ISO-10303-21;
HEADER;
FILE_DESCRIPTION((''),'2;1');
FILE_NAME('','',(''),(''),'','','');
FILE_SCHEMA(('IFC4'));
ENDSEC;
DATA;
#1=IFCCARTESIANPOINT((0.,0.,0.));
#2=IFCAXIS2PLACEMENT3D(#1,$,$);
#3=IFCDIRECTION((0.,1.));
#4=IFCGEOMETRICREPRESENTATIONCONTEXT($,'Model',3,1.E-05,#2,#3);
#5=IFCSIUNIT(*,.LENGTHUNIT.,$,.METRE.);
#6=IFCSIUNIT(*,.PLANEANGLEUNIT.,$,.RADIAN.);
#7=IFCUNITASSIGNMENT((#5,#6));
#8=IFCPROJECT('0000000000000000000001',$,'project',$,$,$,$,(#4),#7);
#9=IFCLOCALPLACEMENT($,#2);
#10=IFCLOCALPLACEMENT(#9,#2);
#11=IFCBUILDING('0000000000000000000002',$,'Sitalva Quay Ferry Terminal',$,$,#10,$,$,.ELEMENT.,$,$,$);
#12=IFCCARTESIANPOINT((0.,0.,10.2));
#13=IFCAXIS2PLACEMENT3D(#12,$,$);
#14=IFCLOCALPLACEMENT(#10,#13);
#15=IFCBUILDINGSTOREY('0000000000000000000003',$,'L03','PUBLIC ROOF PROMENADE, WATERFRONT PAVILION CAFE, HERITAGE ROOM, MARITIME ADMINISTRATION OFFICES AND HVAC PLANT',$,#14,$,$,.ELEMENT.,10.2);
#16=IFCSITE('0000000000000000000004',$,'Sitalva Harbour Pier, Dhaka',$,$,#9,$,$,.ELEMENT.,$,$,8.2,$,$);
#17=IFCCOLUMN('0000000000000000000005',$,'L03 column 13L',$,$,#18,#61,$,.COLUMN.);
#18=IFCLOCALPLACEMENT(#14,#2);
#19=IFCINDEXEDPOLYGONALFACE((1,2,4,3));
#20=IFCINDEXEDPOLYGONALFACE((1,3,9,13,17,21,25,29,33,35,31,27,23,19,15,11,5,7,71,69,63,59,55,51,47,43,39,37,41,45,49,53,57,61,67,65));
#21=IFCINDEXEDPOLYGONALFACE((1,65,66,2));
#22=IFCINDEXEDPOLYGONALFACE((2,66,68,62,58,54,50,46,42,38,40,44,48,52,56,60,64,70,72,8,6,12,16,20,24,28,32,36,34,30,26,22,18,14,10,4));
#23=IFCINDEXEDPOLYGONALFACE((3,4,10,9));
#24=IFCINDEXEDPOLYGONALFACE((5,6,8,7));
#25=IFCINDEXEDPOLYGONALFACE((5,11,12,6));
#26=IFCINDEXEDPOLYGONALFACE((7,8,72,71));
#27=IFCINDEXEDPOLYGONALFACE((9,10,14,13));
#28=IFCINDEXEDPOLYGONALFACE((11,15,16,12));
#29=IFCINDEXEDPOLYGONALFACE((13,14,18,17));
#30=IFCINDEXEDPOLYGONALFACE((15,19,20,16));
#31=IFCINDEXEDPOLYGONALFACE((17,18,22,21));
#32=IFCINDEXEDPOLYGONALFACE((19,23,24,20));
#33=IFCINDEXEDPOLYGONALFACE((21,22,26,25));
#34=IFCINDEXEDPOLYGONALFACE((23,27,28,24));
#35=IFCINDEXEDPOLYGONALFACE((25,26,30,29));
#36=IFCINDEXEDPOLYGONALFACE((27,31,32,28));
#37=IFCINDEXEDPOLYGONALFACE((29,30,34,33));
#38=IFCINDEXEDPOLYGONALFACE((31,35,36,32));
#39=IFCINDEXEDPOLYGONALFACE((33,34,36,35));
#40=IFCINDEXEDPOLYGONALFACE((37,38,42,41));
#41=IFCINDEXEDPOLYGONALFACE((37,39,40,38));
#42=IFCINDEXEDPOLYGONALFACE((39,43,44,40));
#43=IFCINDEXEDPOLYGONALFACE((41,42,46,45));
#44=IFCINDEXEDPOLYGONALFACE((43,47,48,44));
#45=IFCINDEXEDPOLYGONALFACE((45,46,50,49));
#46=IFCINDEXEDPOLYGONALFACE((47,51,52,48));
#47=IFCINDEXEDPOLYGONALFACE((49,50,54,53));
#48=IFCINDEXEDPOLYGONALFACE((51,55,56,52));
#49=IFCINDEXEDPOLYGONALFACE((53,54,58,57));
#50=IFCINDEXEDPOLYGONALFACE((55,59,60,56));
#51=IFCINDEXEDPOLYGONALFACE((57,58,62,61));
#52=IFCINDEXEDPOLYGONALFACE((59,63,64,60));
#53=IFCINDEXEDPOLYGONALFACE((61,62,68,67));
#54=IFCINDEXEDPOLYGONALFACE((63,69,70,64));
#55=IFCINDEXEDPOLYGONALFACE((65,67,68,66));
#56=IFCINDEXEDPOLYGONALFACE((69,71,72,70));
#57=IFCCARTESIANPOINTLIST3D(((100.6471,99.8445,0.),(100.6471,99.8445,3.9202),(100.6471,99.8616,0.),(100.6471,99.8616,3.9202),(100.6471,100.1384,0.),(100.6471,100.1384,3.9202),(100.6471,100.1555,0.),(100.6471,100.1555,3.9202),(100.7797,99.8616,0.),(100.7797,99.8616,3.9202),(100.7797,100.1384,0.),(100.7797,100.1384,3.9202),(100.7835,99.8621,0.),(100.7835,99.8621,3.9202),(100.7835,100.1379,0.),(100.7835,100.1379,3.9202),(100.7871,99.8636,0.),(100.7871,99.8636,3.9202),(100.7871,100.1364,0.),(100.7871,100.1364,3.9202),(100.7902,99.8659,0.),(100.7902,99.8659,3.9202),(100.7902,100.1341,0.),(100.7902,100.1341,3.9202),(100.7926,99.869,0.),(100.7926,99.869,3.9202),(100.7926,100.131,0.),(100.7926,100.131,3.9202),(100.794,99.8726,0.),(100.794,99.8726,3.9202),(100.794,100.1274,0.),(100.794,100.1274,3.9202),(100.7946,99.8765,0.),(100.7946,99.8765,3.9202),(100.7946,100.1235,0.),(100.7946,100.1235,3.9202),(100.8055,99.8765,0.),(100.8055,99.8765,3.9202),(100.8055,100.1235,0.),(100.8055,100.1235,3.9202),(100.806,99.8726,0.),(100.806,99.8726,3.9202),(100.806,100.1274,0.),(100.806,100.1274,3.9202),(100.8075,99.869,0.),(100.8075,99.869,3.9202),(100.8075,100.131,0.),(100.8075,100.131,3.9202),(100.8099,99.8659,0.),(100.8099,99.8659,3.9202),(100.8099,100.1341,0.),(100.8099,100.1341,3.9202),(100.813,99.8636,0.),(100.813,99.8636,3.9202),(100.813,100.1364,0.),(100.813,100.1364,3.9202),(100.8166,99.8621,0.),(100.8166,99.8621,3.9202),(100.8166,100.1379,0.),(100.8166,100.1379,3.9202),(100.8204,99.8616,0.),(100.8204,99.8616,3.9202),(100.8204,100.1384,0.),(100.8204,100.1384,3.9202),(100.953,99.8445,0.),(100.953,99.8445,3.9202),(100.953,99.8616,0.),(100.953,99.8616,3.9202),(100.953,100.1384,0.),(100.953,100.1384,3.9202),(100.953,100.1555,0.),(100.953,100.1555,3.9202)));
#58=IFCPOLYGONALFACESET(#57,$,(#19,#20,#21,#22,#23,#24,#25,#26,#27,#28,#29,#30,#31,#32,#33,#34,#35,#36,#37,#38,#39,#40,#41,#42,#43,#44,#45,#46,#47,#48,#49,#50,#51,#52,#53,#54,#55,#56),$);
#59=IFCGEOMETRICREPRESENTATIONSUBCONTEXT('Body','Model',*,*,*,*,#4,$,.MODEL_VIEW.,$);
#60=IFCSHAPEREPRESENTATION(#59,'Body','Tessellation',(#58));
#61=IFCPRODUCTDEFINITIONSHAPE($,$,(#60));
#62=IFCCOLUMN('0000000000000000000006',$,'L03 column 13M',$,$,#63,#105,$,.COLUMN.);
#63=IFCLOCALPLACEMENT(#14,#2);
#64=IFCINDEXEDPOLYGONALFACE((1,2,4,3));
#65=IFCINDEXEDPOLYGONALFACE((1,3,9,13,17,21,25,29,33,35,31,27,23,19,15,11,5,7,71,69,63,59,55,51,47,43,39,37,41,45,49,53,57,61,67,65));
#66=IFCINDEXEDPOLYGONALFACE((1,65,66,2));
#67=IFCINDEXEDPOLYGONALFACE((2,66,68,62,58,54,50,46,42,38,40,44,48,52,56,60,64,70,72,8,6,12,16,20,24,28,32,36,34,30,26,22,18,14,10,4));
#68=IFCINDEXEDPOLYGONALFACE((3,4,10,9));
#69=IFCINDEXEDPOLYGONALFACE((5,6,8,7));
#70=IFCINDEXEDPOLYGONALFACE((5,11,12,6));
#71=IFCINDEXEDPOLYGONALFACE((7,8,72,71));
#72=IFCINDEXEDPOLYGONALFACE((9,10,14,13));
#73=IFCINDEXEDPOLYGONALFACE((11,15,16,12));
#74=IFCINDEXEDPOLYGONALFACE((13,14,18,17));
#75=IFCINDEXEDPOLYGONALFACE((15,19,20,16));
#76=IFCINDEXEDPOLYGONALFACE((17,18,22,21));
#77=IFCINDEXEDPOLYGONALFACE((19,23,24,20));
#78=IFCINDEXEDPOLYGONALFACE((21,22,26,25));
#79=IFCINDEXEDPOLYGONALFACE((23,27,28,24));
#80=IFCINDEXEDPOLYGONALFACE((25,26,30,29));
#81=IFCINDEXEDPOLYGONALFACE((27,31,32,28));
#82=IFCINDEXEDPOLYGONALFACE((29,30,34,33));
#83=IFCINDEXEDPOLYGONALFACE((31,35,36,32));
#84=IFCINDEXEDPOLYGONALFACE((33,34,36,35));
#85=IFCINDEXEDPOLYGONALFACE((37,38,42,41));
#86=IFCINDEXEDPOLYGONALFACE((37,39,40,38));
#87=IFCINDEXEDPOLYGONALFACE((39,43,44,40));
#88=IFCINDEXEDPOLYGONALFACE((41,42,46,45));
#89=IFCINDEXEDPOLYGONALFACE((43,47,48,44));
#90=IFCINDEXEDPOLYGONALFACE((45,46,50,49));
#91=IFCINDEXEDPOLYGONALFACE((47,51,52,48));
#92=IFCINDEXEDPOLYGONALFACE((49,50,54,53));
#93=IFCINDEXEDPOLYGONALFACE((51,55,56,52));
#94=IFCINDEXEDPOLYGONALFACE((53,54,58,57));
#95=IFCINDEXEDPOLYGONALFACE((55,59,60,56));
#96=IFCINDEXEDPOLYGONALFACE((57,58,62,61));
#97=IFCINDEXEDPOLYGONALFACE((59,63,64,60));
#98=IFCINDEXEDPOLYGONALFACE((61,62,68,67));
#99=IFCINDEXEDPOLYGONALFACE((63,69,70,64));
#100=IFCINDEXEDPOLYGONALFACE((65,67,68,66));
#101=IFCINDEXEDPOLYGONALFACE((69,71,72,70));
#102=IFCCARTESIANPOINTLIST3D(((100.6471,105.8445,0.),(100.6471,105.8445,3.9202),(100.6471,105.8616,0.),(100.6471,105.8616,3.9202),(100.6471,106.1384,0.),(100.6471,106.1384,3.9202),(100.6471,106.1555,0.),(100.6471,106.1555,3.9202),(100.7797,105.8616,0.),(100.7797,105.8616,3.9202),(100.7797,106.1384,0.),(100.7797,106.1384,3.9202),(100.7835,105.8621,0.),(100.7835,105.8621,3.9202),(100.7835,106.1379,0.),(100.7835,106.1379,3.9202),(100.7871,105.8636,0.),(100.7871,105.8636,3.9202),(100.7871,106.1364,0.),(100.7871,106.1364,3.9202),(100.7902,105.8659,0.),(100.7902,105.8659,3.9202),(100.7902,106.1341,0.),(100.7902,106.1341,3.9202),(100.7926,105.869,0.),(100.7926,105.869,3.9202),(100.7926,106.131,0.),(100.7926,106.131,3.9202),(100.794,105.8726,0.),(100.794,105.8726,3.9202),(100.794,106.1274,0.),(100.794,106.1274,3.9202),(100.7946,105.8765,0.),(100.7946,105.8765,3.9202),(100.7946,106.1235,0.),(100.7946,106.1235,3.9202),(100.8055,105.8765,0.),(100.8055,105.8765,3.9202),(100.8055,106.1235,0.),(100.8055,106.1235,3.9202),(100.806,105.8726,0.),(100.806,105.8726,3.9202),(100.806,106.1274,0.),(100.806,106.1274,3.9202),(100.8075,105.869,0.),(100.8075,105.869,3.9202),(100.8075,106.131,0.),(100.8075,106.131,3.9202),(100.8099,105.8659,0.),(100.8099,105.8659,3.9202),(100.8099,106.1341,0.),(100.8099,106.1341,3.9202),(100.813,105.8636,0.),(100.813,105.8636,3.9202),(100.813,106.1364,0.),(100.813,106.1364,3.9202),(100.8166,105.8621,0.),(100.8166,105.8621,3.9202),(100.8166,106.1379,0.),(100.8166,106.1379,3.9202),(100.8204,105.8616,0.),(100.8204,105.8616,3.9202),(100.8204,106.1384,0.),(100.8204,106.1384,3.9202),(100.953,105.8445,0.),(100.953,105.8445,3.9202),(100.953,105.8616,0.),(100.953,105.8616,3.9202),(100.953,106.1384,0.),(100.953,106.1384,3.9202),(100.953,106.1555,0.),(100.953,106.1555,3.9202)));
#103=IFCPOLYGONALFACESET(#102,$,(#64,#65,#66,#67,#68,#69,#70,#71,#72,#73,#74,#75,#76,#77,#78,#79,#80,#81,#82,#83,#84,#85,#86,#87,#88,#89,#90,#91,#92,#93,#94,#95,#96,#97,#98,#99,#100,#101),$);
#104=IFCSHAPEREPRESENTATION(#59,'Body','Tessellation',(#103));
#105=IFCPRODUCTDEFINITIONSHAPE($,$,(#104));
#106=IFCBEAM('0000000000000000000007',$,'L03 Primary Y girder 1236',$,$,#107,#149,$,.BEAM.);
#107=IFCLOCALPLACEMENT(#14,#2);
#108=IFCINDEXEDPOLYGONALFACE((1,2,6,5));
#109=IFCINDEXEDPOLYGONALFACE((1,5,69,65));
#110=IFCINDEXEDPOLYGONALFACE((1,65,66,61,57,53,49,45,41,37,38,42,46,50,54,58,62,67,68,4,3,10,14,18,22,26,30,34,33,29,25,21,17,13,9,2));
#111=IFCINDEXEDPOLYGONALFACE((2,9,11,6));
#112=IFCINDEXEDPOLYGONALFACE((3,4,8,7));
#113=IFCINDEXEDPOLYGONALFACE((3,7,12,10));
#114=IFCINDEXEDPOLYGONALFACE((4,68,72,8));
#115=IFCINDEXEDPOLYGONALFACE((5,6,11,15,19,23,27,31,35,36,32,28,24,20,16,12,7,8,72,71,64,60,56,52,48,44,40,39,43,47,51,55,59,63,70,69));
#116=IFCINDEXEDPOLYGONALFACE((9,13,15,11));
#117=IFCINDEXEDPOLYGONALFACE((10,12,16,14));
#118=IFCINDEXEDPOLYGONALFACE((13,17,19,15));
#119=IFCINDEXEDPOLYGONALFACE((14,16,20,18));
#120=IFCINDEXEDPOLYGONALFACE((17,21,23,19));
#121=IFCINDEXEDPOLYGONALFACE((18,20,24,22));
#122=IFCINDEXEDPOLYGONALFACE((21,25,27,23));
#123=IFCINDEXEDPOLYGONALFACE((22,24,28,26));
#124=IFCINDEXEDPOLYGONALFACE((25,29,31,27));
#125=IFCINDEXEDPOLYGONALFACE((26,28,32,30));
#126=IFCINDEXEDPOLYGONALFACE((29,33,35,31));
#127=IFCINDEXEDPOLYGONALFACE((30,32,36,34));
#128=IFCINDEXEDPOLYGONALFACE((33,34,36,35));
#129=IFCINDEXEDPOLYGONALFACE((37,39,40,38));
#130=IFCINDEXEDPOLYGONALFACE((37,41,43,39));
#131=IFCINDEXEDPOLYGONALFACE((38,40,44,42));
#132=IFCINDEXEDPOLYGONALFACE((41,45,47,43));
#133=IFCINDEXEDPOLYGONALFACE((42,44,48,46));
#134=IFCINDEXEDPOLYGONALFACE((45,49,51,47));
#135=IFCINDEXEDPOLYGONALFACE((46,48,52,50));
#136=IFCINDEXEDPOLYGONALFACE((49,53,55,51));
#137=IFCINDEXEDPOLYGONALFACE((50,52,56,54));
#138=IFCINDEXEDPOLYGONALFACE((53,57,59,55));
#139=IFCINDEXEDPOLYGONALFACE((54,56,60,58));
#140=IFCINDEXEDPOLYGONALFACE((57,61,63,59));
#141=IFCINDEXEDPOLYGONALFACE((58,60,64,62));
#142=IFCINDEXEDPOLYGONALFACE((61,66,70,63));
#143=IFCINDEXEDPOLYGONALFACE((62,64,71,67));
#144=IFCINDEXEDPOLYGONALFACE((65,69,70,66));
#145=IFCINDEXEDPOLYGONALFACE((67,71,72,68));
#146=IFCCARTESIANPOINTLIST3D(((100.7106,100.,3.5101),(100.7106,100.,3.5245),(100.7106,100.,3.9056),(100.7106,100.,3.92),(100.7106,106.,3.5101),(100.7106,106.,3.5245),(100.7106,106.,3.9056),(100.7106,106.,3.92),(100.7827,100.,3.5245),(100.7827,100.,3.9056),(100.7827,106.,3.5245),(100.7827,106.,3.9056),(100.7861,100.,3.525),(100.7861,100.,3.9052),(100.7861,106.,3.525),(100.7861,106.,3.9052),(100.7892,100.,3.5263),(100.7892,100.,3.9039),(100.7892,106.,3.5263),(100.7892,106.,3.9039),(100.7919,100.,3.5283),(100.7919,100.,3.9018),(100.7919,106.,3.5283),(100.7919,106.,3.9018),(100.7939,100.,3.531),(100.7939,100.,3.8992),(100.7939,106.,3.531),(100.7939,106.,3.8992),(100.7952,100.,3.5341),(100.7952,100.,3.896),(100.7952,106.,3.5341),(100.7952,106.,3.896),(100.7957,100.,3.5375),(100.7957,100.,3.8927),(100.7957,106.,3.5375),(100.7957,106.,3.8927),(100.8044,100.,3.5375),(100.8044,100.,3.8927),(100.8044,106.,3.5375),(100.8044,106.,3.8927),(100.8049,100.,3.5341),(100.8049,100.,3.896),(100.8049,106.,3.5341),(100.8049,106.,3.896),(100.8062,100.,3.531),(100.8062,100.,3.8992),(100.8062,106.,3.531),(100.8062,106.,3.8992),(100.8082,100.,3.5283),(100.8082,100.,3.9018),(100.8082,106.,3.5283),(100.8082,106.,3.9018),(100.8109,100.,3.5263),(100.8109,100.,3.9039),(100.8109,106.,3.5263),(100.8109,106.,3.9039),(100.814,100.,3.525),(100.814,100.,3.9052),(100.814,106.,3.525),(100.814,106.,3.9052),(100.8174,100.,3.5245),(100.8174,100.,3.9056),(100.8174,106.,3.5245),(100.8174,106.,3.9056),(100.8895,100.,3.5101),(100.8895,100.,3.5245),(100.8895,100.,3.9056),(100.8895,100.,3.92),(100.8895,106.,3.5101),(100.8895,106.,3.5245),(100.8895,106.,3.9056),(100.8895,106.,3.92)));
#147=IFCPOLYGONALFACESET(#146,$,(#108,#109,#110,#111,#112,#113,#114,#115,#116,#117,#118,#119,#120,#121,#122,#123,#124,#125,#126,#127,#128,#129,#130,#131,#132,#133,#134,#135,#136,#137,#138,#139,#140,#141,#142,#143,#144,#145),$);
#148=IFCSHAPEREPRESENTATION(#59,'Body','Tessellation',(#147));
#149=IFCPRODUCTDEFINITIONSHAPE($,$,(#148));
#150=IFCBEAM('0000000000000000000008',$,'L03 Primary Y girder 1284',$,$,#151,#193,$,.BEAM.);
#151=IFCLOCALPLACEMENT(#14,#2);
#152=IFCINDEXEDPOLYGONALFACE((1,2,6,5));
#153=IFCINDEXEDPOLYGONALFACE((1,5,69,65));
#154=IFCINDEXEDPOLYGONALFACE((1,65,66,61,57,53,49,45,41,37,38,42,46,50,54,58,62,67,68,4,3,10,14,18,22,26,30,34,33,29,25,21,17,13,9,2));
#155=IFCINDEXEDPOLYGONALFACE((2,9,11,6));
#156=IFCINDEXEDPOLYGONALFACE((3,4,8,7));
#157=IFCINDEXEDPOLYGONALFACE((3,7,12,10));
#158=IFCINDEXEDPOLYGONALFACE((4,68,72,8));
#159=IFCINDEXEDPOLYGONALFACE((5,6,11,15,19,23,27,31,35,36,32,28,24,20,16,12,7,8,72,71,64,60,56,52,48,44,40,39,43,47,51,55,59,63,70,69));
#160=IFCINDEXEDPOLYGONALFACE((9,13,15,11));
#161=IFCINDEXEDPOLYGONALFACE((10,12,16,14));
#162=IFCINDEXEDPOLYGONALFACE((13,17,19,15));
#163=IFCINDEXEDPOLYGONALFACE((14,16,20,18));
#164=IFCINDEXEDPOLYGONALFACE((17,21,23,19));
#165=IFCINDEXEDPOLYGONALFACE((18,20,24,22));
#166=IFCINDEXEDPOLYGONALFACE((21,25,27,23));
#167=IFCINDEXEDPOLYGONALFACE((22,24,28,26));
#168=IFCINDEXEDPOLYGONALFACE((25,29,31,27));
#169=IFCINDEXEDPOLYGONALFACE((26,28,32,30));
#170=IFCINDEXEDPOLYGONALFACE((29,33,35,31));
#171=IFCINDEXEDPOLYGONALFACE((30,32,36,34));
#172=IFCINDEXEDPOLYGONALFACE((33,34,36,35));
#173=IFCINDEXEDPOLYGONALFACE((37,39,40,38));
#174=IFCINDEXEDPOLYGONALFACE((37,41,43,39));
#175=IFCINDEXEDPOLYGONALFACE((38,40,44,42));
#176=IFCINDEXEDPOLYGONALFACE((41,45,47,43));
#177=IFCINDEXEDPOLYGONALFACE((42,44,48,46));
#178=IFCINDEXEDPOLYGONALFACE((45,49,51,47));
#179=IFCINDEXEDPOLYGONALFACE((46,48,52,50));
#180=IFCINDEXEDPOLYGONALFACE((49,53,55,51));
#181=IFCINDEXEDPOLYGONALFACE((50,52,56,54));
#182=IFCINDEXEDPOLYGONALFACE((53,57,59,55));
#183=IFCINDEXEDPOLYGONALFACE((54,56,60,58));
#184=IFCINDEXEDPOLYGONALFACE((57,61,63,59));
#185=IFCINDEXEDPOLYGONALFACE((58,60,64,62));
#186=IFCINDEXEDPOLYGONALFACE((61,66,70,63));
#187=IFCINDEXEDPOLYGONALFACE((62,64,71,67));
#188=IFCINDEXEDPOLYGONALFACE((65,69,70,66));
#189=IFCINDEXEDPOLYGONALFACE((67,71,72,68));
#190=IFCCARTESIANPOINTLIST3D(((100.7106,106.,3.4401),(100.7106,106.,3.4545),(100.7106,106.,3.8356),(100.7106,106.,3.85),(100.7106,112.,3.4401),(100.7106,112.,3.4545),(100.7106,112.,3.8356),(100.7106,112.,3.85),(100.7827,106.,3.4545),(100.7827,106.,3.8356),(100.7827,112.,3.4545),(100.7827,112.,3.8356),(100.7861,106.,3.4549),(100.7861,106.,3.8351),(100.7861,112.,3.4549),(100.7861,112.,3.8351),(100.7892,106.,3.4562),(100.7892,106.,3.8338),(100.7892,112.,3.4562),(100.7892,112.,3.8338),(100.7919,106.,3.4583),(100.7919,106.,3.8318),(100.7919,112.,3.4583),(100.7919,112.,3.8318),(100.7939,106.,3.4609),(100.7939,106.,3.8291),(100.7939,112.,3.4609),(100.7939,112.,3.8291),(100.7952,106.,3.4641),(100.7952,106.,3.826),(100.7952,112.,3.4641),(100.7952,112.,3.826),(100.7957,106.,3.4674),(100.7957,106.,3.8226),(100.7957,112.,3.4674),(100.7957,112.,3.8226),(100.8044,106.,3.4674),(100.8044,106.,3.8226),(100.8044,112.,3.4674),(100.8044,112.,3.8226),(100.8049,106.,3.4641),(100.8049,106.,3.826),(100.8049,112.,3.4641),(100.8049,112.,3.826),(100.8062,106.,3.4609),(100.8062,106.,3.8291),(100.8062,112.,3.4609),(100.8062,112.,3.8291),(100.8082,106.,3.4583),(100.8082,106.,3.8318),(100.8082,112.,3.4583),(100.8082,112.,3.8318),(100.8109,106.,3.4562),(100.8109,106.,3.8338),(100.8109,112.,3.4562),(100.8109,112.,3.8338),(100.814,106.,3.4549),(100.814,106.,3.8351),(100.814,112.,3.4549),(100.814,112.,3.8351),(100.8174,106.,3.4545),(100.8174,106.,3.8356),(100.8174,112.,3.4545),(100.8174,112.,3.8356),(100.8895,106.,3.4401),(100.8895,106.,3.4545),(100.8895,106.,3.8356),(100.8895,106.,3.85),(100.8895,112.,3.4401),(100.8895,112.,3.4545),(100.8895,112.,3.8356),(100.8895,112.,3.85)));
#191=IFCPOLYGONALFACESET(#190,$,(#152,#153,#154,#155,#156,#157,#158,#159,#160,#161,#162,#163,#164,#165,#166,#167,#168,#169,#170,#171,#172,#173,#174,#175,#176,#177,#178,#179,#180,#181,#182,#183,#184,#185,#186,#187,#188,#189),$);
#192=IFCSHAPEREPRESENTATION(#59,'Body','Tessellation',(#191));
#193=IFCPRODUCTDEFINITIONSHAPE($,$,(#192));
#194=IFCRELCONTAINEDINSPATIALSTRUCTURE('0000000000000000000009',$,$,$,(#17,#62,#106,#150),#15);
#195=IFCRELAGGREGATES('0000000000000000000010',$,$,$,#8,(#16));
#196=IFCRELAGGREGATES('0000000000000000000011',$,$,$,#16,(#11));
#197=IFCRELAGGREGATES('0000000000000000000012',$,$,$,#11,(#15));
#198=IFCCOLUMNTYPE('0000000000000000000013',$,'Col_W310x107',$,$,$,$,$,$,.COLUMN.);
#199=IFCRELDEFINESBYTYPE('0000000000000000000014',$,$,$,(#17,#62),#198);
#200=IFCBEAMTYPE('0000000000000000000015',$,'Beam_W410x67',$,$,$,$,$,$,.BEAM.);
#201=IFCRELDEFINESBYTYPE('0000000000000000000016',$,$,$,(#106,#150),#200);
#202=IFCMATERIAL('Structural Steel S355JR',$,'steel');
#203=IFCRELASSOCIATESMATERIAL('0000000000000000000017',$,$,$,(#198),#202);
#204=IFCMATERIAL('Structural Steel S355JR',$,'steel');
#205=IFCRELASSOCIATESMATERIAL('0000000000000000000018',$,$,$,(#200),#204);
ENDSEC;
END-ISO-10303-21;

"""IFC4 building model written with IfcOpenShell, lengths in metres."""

from ifc_helpers import new_model, si_unit, direction, frame, origin, origin_2d, place, context, subcontext, project, spatial, i_section, extrude, material, material_profile, profile_set, type_object, element, save


model = new_model("IFC4")

# Units and contexts
model_context = context("Model", 3, precision=1e-05, world=origin(), true_north=direction((0.0, 1.0)))
body_context = subcontext(model_context, "Body", "Model", "MODEL_VIEW")
ifc_project = project(units=[si_unit("LENGTHUNIT", "METRE"), si_unit("PLANEANGLEUNIT", "RADIAN")], contexts=[model_context])

# Site, building, storey
site_placement = place(None, origin())
site = spatial("IfcSite", under=ifc_project, at=site_placement, Name="Sitalva Harbour Pier, Dhaka", CompositionType="ELEMENT", RefElevation=8.2)
building_placement = place(site_placement, origin())
building = spatial("IfcBuilding", under=site, at=building_placement, Name="Sitalva Quay Ferry Terminal", CompositionType="ELEMENT")
storey_placement = place(building_placement, frame((0.0, 0.0, 10.2)))
storey = spatial("IfcBuildingStorey", under=building, at=storey_placement, Name="L03", Description="PUBLIC ROOF PROMENADE, WATERFRONT PAVILION CAFE, HERITAGE ROOM, MARITIME ADMINISTRATION OFFICES AND HVAC PLANT", CompositionType="ELEMENT", Elevation=10.2)

# Columns
ifc_material_1 = material(Name="Structural Steel S355JR", Category="steel")
ifc_material_profile_1 = material_profile(ifc_material_1, i_section(OverallWidth=0.3059, OverallDepth=0.311, WebThickness=0.011, FlangeThickness=0.0171, FilletRadius=0.0149, at=origin_2d()), Name="W310x107")
ifc_profile_set_1 = profile_set([ifc_material_profile_1], Name="Structural Steel S355JR")
column_type = type_object("IfcColumnType", Name="Col_W310x107", PredefinedType="COLUMN", material=ifc_profile_set_1)
for number, where, z_axis, x_axis, name in (
    (1, (100.8, 100.0, 0.0), (0.0, 0.0, 1.0), (1.0, 0.0, 0.0), "L03 column 13L"),
    (2, (100.8, 106.0, 0.0), (0.0, 0.0, 1.0), (1.0, 0.0, 0.0), "L03 column 13M"),
):
    element("IfcColumn", number, at=place(storey_placement, frame(where, z_axis=z_axis, x_axis=x_axis)), inside=storey, type_object=column_type, Name=name, PredefinedType="COLUMN", context=body_context, shape_type="SweptSolid", body=[
        extrude(i_section(OverallWidth=0.3059, OverallDepth=0.311, WebThickness=0.011, FlangeThickness=0.0171, FilletRadius=0.0149, at=origin_2d()), origin(), (0.0, 0.0, 1.0), 3.9202),
    ])

# Beams
ifc_material_2 = material(Name="Structural Steel S355JR", Category="steel")
ifc_material_profile_2 = material_profile(ifc_material_2, i_section(OverallWidth=0.179, OverallDepth=0.4099, WebThickness=0.0088, FlangeThickness=0.0144, FilletRadius=0.0129, at=origin_2d()), Name="W410x67")
ifc_profile_set_2 = profile_set([ifc_material_profile_2], Name="Structural Steel S355JR")
beam_type_1 = type_object("IfcBeamType", Name="Beam_W410x67", PredefinedType="BEAM", material=ifc_profile_set_2)
for number, where, z_axis, x_axis, name in (
    (3, (100.8, 100.0, 3.7151), (0.0, 1.0, 0.0), (-1.0, 0.0, 0.0), "L03 Primary Y girder 1236"),
    (4, (100.8, 106.0, 3.645), (0.0, 1.0, 0.0), (-1.0, 0.0, 0.0), "L03 Primary Y girder 1284"),
):
    element("IfcBeam", number, at=place(storey_placement, frame(where, z_axis=z_axis, x_axis=x_axis)), inside=storey, type_object=beam_type_1, Name=name, PredefinedType="BEAM", context=body_context, shape_type="SweptSolid", body=[
        extrude(i_section(OverallWidth=0.179, OverallDepth=0.4099, WebThickness=0.0088, FlangeThickness=0.0144, FilletRadius=0.0129, at=origin_2d()), origin(), (0.0, 0.0, 1.0), 6.0),
    ])

save(model, "model.ifc")
